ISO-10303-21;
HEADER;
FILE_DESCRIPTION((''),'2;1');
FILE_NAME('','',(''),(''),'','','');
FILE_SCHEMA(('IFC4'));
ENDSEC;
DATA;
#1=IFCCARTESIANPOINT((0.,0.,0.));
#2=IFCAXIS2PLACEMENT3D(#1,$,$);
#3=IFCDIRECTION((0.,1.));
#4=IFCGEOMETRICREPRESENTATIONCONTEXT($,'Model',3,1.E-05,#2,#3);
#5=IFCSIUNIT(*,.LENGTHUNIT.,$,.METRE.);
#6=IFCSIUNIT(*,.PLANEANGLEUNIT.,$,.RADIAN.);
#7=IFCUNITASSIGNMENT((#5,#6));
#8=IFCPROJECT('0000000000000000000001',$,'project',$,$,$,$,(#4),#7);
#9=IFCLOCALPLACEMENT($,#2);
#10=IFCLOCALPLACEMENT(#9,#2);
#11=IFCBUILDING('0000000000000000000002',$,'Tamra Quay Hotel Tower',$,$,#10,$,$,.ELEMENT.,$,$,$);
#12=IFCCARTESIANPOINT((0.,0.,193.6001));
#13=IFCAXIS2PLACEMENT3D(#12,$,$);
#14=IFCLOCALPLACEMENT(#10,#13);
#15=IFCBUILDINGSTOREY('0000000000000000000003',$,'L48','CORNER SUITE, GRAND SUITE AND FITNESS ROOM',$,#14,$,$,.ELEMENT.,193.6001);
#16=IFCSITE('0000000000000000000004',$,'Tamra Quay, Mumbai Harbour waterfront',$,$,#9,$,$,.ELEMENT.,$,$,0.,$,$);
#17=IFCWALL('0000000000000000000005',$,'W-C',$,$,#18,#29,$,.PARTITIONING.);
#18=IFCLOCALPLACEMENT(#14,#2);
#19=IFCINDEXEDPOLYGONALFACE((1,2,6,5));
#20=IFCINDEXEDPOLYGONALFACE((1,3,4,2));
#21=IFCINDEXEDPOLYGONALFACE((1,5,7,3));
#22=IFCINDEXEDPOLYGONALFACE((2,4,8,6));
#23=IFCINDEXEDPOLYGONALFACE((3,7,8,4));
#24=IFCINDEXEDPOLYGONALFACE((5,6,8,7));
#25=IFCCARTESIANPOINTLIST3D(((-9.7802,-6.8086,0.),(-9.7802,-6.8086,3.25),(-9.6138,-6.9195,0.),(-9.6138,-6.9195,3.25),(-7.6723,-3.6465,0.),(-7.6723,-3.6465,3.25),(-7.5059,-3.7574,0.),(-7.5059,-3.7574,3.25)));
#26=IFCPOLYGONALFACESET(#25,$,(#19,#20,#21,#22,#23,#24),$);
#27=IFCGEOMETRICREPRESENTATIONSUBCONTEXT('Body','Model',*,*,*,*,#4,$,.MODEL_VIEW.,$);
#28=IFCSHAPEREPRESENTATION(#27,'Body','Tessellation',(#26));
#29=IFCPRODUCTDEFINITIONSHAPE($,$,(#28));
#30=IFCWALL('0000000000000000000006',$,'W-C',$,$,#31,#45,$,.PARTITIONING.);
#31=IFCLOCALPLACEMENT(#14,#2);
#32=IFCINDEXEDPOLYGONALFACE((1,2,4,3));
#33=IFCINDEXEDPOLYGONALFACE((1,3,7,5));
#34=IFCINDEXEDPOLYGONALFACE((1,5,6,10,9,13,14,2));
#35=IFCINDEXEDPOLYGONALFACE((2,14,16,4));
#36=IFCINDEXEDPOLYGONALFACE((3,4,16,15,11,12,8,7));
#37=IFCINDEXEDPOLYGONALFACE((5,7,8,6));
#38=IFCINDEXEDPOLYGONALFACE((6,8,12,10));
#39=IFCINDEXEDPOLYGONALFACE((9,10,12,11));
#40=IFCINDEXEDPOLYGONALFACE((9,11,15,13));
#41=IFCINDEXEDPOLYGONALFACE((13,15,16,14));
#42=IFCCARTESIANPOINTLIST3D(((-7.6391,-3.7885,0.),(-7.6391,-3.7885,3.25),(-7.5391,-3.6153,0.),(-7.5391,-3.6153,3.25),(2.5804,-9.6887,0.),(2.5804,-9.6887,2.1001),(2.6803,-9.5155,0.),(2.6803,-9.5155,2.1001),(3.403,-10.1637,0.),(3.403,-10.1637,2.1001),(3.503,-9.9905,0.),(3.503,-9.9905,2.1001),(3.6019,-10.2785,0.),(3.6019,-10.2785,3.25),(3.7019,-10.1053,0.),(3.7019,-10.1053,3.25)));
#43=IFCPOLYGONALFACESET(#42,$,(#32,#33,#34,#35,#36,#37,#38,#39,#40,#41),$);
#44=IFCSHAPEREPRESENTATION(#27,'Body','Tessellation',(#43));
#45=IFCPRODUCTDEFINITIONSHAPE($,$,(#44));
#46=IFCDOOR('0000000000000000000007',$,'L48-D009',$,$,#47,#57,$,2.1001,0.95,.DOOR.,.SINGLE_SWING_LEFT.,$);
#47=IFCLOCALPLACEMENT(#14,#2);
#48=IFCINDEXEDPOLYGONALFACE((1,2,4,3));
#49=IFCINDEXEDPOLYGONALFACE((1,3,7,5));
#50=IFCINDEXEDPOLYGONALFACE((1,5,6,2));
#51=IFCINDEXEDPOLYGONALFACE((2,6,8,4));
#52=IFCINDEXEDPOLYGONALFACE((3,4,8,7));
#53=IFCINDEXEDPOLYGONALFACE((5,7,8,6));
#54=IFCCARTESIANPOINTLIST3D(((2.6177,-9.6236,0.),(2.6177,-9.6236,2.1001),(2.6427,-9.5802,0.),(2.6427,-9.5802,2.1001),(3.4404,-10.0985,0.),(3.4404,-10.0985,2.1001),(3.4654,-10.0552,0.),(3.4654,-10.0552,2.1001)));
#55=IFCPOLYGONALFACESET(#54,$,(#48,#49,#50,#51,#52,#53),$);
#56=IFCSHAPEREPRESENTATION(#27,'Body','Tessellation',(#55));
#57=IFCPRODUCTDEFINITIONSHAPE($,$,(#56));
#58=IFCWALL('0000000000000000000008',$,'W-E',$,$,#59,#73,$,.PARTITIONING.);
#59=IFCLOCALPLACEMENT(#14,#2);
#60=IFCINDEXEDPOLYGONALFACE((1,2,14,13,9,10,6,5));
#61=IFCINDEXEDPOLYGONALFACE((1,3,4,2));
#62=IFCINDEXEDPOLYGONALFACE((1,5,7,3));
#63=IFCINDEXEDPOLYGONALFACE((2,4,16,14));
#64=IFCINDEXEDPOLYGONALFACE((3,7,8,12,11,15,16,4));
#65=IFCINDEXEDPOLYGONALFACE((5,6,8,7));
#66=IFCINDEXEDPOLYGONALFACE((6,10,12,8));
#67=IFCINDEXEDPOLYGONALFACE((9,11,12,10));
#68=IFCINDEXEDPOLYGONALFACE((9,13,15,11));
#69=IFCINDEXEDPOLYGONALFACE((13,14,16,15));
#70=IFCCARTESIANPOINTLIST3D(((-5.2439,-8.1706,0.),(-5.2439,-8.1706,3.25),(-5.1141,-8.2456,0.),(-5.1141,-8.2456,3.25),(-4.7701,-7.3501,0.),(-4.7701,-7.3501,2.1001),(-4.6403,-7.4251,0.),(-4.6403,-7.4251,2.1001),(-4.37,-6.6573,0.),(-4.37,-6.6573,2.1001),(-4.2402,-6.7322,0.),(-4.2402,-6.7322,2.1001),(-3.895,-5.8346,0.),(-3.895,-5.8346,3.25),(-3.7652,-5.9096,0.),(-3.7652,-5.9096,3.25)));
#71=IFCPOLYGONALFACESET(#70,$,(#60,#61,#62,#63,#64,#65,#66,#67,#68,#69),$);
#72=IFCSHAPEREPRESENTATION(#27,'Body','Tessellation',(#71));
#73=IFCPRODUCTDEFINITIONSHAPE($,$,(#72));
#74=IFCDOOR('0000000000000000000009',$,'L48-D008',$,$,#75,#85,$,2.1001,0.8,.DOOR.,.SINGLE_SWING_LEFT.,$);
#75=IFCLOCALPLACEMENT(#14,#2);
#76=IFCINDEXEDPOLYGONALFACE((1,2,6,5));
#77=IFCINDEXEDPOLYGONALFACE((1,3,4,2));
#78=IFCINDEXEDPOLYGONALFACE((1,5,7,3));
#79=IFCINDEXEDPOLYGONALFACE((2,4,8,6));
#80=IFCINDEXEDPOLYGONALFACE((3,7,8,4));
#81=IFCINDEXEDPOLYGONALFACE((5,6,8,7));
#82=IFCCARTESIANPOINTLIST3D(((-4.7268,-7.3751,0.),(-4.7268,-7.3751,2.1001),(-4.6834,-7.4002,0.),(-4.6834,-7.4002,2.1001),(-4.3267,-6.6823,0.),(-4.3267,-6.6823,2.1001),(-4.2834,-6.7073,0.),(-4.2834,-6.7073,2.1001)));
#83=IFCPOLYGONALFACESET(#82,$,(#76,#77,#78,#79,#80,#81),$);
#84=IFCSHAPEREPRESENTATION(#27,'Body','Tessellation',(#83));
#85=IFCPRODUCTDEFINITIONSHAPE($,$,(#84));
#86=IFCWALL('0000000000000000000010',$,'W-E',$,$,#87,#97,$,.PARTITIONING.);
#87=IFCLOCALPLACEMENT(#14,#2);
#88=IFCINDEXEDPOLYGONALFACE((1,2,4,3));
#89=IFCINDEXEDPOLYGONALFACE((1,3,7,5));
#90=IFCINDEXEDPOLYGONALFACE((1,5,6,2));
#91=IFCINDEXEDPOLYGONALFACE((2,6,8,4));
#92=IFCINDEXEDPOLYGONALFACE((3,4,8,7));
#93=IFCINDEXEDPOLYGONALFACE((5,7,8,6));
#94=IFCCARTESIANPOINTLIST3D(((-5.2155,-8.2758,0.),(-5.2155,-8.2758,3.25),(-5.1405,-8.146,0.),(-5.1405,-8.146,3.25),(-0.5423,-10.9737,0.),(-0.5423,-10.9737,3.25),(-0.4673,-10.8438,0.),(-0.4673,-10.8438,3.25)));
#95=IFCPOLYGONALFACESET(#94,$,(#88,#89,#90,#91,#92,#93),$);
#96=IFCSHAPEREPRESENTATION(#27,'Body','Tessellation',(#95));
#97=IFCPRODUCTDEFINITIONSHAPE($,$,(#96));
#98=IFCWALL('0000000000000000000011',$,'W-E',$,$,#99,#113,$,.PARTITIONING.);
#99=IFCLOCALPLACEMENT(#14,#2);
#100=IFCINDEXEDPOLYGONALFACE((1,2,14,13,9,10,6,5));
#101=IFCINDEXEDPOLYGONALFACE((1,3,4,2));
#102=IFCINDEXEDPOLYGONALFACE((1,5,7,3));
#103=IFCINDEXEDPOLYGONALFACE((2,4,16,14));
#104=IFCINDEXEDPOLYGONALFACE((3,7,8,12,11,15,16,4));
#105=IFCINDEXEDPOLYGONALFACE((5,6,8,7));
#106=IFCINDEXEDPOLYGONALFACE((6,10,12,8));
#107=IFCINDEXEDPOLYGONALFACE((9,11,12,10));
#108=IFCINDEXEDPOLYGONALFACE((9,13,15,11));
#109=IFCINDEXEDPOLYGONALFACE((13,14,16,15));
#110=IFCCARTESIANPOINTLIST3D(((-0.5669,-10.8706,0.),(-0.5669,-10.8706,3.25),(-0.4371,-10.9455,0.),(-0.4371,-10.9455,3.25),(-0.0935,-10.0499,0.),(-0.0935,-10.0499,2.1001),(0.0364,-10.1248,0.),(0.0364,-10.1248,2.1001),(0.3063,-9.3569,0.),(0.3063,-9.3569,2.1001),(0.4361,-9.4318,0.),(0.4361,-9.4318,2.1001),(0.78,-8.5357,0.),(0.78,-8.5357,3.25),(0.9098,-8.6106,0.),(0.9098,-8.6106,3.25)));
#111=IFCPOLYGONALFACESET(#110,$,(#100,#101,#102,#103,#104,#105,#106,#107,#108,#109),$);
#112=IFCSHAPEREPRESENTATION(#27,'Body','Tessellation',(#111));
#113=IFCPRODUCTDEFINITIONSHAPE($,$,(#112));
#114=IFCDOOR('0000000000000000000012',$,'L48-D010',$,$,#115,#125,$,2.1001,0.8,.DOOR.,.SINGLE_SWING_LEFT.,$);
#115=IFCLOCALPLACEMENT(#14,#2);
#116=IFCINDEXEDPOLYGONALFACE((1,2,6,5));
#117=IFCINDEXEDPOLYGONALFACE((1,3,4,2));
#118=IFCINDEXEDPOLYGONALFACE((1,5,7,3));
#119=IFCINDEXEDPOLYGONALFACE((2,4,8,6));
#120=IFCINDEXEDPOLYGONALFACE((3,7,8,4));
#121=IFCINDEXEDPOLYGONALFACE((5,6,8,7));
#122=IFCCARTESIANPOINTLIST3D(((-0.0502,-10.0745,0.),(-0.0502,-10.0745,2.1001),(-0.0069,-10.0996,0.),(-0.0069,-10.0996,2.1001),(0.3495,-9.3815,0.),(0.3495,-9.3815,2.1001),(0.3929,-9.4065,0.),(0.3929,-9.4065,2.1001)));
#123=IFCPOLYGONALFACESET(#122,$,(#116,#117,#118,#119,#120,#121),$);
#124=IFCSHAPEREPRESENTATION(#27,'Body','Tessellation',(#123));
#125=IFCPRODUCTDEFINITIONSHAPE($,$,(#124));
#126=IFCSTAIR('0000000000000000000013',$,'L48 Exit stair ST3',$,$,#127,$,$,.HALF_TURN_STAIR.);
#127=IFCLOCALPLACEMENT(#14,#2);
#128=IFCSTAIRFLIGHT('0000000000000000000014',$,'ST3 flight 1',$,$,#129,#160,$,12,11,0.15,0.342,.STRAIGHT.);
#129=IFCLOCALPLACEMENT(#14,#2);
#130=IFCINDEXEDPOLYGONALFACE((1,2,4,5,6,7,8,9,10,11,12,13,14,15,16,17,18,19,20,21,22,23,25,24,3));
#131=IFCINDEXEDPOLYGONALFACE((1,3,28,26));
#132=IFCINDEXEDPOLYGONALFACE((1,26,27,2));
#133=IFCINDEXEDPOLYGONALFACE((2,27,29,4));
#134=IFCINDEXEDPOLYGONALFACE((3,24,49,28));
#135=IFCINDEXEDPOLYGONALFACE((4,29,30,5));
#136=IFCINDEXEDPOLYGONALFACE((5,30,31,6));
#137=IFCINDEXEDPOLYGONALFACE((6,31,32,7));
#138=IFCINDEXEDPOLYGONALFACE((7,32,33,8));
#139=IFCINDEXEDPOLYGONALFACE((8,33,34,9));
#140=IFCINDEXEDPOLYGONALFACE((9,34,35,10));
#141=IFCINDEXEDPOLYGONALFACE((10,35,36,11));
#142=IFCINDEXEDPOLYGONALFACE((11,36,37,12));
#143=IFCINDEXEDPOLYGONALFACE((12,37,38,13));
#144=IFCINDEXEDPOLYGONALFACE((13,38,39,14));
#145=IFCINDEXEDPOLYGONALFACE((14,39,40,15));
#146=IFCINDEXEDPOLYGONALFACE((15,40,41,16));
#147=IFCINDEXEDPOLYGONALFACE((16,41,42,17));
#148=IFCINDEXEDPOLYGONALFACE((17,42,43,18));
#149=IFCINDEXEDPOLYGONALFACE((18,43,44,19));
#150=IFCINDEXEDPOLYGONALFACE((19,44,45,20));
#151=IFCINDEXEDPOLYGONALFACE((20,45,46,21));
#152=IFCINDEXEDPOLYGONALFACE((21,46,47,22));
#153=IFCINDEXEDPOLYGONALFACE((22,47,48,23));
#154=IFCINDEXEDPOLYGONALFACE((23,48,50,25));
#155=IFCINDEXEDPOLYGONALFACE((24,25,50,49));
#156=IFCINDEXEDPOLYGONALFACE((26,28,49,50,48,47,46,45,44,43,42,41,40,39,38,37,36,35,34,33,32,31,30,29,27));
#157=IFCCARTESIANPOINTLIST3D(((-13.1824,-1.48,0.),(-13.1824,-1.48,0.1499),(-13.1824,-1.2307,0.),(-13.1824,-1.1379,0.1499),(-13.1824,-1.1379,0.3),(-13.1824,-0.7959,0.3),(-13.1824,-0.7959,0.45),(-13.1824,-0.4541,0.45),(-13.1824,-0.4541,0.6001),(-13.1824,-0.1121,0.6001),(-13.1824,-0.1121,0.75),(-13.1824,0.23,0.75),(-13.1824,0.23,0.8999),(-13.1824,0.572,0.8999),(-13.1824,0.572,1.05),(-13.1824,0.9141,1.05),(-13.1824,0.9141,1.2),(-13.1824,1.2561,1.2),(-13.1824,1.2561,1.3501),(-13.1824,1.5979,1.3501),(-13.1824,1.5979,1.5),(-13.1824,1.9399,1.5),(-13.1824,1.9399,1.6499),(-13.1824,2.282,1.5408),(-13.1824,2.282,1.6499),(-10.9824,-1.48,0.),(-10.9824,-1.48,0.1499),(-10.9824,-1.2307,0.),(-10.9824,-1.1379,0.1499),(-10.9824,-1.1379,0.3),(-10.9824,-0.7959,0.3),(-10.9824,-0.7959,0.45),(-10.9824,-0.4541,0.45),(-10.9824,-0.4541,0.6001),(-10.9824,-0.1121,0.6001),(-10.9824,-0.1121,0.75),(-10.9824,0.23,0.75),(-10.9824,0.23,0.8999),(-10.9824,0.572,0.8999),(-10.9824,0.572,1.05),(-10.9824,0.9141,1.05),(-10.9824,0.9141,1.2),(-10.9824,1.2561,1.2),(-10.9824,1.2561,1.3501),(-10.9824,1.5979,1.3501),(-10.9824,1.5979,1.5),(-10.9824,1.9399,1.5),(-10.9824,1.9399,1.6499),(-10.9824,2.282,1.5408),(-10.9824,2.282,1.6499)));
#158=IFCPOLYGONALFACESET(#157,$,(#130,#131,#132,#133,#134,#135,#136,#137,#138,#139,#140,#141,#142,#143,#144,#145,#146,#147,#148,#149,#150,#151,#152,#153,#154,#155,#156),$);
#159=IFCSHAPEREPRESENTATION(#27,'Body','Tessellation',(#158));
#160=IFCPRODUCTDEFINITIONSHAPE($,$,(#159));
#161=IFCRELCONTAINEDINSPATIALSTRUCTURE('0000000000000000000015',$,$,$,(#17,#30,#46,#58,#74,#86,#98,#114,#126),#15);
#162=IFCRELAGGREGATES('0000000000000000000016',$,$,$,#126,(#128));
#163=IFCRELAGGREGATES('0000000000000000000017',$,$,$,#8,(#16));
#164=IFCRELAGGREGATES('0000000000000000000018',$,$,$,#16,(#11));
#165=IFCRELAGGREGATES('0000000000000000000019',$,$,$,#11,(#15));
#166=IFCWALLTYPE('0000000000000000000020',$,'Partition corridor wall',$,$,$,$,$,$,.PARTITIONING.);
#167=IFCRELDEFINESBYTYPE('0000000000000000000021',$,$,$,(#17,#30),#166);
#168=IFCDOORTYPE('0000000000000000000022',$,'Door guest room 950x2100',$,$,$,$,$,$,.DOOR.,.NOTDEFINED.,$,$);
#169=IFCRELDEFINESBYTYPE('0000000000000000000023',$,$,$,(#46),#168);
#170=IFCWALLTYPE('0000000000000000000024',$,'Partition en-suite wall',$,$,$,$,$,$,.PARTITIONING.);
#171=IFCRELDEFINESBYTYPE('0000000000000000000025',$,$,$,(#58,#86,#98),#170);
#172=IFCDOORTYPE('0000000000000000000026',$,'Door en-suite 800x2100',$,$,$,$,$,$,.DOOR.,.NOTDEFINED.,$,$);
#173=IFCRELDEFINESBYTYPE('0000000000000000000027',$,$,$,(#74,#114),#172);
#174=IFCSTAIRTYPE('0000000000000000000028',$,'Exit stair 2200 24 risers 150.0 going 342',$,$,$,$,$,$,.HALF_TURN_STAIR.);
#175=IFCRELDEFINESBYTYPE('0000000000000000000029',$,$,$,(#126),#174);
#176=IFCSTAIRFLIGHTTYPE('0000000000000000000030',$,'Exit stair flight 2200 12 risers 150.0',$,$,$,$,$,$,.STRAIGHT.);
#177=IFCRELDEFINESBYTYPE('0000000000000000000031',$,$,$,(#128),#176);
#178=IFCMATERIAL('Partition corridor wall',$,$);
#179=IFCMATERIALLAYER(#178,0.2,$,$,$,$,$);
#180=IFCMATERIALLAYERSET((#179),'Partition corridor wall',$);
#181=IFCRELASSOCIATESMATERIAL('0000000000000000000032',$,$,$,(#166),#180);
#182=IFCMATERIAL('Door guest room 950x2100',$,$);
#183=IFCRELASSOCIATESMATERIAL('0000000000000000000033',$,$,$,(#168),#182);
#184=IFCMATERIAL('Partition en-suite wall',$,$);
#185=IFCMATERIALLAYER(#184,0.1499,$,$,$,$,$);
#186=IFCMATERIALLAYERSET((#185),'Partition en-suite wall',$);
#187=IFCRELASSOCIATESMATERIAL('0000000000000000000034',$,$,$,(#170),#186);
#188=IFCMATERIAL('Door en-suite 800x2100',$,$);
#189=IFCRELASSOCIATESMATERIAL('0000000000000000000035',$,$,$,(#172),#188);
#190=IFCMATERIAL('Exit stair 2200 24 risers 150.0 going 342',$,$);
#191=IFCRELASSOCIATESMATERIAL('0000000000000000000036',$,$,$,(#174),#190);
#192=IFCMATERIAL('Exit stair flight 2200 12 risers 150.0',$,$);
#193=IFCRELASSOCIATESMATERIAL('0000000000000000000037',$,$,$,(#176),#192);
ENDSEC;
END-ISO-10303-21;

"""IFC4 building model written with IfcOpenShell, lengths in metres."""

from ifc_helpers import new_model, si_unit, direction, frame, frame_2d, origin, place, context, subcontext, project, spatial, polyline, rectangle, outline, extrude, material, layer, layer_set, type_object, element, fill, aggregate, save


model = new_model("IFC4")

# Units and contexts
model_context = context("Model", 3, precision=1e-05, world=origin(), true_north=direction((0.0, 1.0)))
body_context = subcontext(model_context, "Body", "Model", "MODEL_VIEW")
ifc_project = project(units=[si_unit("LENGTHUNIT", "METRE"), si_unit("PLANEANGLEUNIT", "RADIAN")], contexts=[model_context])

# Site, building, storey
site_placement = place(None, origin())
site = spatial("IfcSite", under=ifc_project, at=site_placement, Name="Tamra Quay, Mumbai Harbour waterfront", CompositionType="ELEMENT", RefElevation=0.0)
building_placement = place(site_placement, origin())
building = spatial("IfcBuilding", under=site, at=building_placement, Name="Tamra Quay Hotel Tower", CompositionType="ELEMENT")
storey_placement = place(building_placement, frame((0.0, 0.0, 193.6001)))
storey = spatial("IfcBuildingStorey", under=building, at=storey_placement, Name="L48", Description="CORNER SUITE, GRAND SUITE AND FITNESS ROOM", CompositionType="ELEMENT", Elevation=193.6001)

# Wall
ifc_material_1 = material(Name="Partition corridor wall")
ifc_layer_1 = layer(ifc_material_1, 0.2)
ifc_layer_set_1 = layer_set([ifc_layer_1], Name="Partition corridor wall")
wall_type_1 = type_object("IfcWallType", Name="Partition corridor wall", PredefinedType="PARTITIONING", material=ifc_layer_set_1)
wall_1_placement = place(storey_placement, frame((-9.697, -6.864, 0.0), z_axis=(0.0, 0.0, 1.0), x_axis=(0.554671, 0.83207, 0.0)))
element("IfcWall", 1, at=wall_1_placement, inside=storey, type_object=wall_type_1, Name="W-C", PredefinedType="PARTITIONING", context=body_context, shape_type="SweptSolid", body=[
    extrude(rectangle(XDim=3.8003, YDim=0.2, at=frame_2d((1.9001, 0.0))), origin(), (0.0, 0.0, 1.0), 3.25),
])

# Walls, openings, doors
wall_2_placement = place(storey_placement, frame((-7.5891, -3.7019, 0.0), z_axis=(0.0, 0.0, 1.0), x_axis=(0.866025, -0.500001, 0.0)))
wall_2 = element("IfcWall", 2, at=wall_2_placement, inside=storey, type_object=wall_type_1, Name="W-C", PredefinedType="PARTITIONING", context=body_context, shape_type="SweptSolid", body=[
    extrude(rectangle(XDim=12.98, YDim=0.2, at=frame_2d((6.49, 0.0))), origin(), (0.0, 0.0, 1.0), 3.25),
])
opening_1_placement = place(wall_2_placement, frame((11.8003, 0.0, 0.0)))
opening_1 = element("IfcOpeningElement", 3, at=opening_1_placement, cuts=wall_2, PredefinedType="OPENING", context=body_context, shape_type="SweptSolid", body=[
    extrude(rectangle(XDim=0.95, YDim=2.1001, at=frame_2d((0.4751, 1.05))), frame((0.0, 0.1099, 0.0), z_axis=(0.0, -1.0, 0.0), x_axis=(1.0, 0.0, 0.0)), (0.0, 0.0, 1.0), 0.22),
])
ifc_material_2 = material(Name="Door guest room 950x2100")
door_type_1 = type_object("IfcDoorType", Name="Door guest room 950x2100", OperationType="NOTDEFINED", PredefinedType="DOOR", material=ifc_material_2)
door_1_placement = place(opening_1_placement, frame((0.95, 0.0, 0.0), z_axis=(0.0, 0.0, 1.0), x_axis=(-1.0, 0.0, 0.0)))
door_1 = element("IfcDoor", 4, at=door_1_placement, inside=storey, type_object=door_type_1, Name="L48-D009", OperationType="SINGLE_SWING_LEFT", OverallHeight=2.1001, OverallWidth=0.95, PredefinedType="DOOR", context=body_context, shape_type="SweptSolid", body=[
    extrude(rectangle(XDim=0.95, YDim=2.1001, at=frame_2d((0.4751, 1.05))), frame((0.0, 0.0249, 0.0), z_axis=(0.0, -1.0, 0.0), x_axis=(1.0, 0.0, 0.0)), (0.0, 0.0, 1.0), 0.05),
])
fill(opening_1, door_1)
ifc_material_3 = material(Name="Partition en-suite wall")
ifc_layer_2 = layer(ifc_material_3, 0.1499)
ifc_layer_set_2 = layer_set([ifc_layer_2], Name="Partition en-suite wall")
wall_type_2 = type_object("IfcWallType", Name="Partition en-suite wall", PredefinedType="PARTITIONING", material=ifc_layer_set_2)
wall_3_placement = place(storey_placement, frame((-5.179, -8.208, 0.0), z_axis=(0.0, 0.0, 1.0), x_axis=(0.500062, 0.86599, 0.0)))
wall_3 = element("IfcWall", 5, at=wall_3_placement, inside=storey, type_object=wall_type_2, Name="W-E", PredefinedType="PARTITIONING", context=body_context, shape_type="SweptSolid", body=[
    extrude(rectangle(XDim=2.6975, YDim=0.1499, at=frame_2d((1.3486, 0.0))), origin(), (0.0, 0.0, 1.0), 3.25),
])
opening_2_placement = place(wall_3_placement, frame((0.9475, 0.0, 0.0)))
opening_2 = element("IfcOpeningElement", 6, at=opening_2_placement, cuts=wall_3, PredefinedType="OPENING", context=body_context, shape_type="SweptSolid", body=[
    extrude(rectangle(XDim=0.8, YDim=2.1001, at=frame_2d((0.3999, 1.05))), frame((0.0, 0.085, 0.0), z_axis=(0.0, -1.0, 0.0), x_axis=(1.0, 0.0, 0.0)), (0.0, 0.0, 1.0), 0.1699),
])
ifc_material_4 = material(Name="Door en-suite 800x2100")
door_type_2 = type_object("IfcDoorType", Name="Door en-suite 800x2100", OperationType="NOTDEFINED", PredefinedType="DOOR", material=ifc_material_4)
door_2_placement = place(opening_2_placement, origin())
door_2 = element("IfcDoor", 7, at=door_2_placement, inside=storey, type_object=door_type_2, Name="L48-D008", OperationType="SINGLE_SWING_LEFT", OverallHeight=2.1001, OverallWidth=0.8, PredefinedType="DOOR", context=body_context, shape_type="SweptSolid", body=[
    extrude(rectangle(XDim=0.8, YDim=2.1001, at=frame_2d((0.3999, 1.05))), frame((0.0, 0.0249, 0.0), z_axis=(0.0, -1.0, 0.0), x_axis=(1.0, 0.0, 0.0)), (0.0, 0.0, 1.0), 0.05),
])
fill(opening_2, door_2)

# Wall
wall_4_placement = place(storey_placement, frame((-5.178, -8.2109, 0.0), z_axis=(0.0, 0.0, 1.0), x_axis=(0.866046, -0.499964, 0.0)))
element("IfcWall", 8, at=wall_4_placement, inside=storey, type_object=wall_type_2, Name="W-E", PredefinedType="PARTITIONING", context=body_context, shape_type="SweptSolid", body=[
    extrude(rectangle(XDim=5.396, YDim=0.1499, at=frame_2d((2.698, 0.0))), origin(), (0.0, 0.0, 1.0), 3.25),
])

# Wall, opening, door
wall_5_placement = place(storey_placement, frame((-0.502, -10.908, 0.0), z_axis=(0.0, 0.0, 1.0), x_axis=(0.499675, 0.866213, 0.0)))
wall_5 = element("IfcWall", 9, at=wall_5_placement, inside=storey, type_object=wall_type_2, Name="W-E", PredefinedType="PARTITIONING", context=body_context, shape_type="SweptSolid", body=[
    extrude(rectangle(XDim=2.6956, YDim=0.1499, at=frame_2d((1.3477, 0.0))), origin(), (0.0, 0.0, 1.0), 3.25),
])
opening_3_placement = place(wall_5_placement, frame((0.9475, 0.0, 0.0)))
opening_3 = element("IfcOpeningElement", 10, at=opening_3_placement, cuts=wall_5, PredefinedType="OPENING", context=body_context, shape_type="SweptSolid", body=[
    extrude(rectangle(XDim=0.8, YDim=2.1001, at=frame_2d((0.3999, 1.05))), frame((0.0, 0.085, 0.0), z_axis=(0.0, -1.0, 0.0), x_axis=(1.0, 0.0, 0.0)), (0.0, 0.0, 1.0), 0.1699),
])
door_3_placement = place(opening_3_placement, frame((0.8, 0.0, 0.0), z_axis=(0.0, 0.0, 1.0), x_axis=(-1.0, 0.0, 0.0)))
door_3 = element("IfcDoor", 11, at=door_3_placement, inside=storey, type_object=door_type_2, Name="L48-D010", OperationType="SINGLE_SWING_LEFT", OverallHeight=2.1001, OverallWidth=0.8, PredefinedType="DOOR", context=body_context, shape_type="SweptSolid", body=[
    extrude(rectangle(XDim=0.8, YDim=2.1001, at=frame_2d((0.3999, 1.05))), frame((0.0, 0.0249, 0.0), z_axis=(0.0, -1.0, 0.0), x_axis=(1.0, 0.0, 0.0)), (0.0, 0.0, 1.0), 0.05),
])
fill(opening_3, door_3)

# Stair, stair flight
ifc_material_5 = material(Name="Exit stair 2200 24 risers 150.0 going 342")
stair_type = type_object("IfcStairType", Name="Exit stair 2200 24 risers 150.0 going 342", PredefinedType="HALF_TURN_STAIR", material=ifc_material_5)
stair_placement = place(storey_placement, origin())
stair = element("IfcStair", 12, at=stair_placement, inside=storey, type_object=stair_type, Name="L48 Exit stair ST3", PredefinedType="HALF_TURN_STAIR")
ifc_material_6 = material(Name="Exit stair flight 2200 12 risers 150.0")
stair_flight_type = type_object("IfcStairFlightType", Name="Exit stair flight 2200 12 risers 150.0", PredefinedType="STRAIGHT", material=ifc_material_6)
stair_flight_placement = place(storey_placement, frame((-12.0823, -1.48, 0.0), z_axis=(0.0, 0.0, 1.0), x_axis=(0.0, 1.0, 0.0)))
stair_flight = element("IfcStairFlight", 13, at=stair_flight_placement, type_object=stair_flight_type, Name="ST3 flight 1", NumberOfRisers=12, NumberOfTreads=11, PredefinedType="STRAIGHT", RiserHeight=0.15, TreadLength=0.342, context=body_context, shape_type="SweptSolid", body=[
    extrude(outline(polyline([(0.0, 0.0), (0.0, 0.1499), (0.342, 0.1499), (0.342, 0.3), (0.6841, 0.3), (0.6841, 0.45), (1.0259, 0.45), (1.0259, 0.6001), (1.3679, 0.6001), (1.3679, 0.75), (1.71, 0.75), (1.71, 0.8999), (2.052, 0.8999), (2.052, 1.05), (2.394, 1.05), (2.394, 1.2), (2.7361, 1.2), (2.7361, 1.3501), (3.0779, 1.3501), (3.0779, 1.5), (3.4199, 1.5), (3.4199, 1.6499), (3.762, 1.6499), (3.762, 1.8), (3.762, 1.5408), (0.2493, 0.0), (0.0, 0.0)])), frame((0.0, 1.1001, 0.0), z_axis=(0.0, -1.0, 0.0), x_axis=(1.0, 0.0, 0.0)), (0.0, 0.0, 1.0), 2.2),
])
aggregate(stair, [stair_flight])

save(model, "model.ifc")
